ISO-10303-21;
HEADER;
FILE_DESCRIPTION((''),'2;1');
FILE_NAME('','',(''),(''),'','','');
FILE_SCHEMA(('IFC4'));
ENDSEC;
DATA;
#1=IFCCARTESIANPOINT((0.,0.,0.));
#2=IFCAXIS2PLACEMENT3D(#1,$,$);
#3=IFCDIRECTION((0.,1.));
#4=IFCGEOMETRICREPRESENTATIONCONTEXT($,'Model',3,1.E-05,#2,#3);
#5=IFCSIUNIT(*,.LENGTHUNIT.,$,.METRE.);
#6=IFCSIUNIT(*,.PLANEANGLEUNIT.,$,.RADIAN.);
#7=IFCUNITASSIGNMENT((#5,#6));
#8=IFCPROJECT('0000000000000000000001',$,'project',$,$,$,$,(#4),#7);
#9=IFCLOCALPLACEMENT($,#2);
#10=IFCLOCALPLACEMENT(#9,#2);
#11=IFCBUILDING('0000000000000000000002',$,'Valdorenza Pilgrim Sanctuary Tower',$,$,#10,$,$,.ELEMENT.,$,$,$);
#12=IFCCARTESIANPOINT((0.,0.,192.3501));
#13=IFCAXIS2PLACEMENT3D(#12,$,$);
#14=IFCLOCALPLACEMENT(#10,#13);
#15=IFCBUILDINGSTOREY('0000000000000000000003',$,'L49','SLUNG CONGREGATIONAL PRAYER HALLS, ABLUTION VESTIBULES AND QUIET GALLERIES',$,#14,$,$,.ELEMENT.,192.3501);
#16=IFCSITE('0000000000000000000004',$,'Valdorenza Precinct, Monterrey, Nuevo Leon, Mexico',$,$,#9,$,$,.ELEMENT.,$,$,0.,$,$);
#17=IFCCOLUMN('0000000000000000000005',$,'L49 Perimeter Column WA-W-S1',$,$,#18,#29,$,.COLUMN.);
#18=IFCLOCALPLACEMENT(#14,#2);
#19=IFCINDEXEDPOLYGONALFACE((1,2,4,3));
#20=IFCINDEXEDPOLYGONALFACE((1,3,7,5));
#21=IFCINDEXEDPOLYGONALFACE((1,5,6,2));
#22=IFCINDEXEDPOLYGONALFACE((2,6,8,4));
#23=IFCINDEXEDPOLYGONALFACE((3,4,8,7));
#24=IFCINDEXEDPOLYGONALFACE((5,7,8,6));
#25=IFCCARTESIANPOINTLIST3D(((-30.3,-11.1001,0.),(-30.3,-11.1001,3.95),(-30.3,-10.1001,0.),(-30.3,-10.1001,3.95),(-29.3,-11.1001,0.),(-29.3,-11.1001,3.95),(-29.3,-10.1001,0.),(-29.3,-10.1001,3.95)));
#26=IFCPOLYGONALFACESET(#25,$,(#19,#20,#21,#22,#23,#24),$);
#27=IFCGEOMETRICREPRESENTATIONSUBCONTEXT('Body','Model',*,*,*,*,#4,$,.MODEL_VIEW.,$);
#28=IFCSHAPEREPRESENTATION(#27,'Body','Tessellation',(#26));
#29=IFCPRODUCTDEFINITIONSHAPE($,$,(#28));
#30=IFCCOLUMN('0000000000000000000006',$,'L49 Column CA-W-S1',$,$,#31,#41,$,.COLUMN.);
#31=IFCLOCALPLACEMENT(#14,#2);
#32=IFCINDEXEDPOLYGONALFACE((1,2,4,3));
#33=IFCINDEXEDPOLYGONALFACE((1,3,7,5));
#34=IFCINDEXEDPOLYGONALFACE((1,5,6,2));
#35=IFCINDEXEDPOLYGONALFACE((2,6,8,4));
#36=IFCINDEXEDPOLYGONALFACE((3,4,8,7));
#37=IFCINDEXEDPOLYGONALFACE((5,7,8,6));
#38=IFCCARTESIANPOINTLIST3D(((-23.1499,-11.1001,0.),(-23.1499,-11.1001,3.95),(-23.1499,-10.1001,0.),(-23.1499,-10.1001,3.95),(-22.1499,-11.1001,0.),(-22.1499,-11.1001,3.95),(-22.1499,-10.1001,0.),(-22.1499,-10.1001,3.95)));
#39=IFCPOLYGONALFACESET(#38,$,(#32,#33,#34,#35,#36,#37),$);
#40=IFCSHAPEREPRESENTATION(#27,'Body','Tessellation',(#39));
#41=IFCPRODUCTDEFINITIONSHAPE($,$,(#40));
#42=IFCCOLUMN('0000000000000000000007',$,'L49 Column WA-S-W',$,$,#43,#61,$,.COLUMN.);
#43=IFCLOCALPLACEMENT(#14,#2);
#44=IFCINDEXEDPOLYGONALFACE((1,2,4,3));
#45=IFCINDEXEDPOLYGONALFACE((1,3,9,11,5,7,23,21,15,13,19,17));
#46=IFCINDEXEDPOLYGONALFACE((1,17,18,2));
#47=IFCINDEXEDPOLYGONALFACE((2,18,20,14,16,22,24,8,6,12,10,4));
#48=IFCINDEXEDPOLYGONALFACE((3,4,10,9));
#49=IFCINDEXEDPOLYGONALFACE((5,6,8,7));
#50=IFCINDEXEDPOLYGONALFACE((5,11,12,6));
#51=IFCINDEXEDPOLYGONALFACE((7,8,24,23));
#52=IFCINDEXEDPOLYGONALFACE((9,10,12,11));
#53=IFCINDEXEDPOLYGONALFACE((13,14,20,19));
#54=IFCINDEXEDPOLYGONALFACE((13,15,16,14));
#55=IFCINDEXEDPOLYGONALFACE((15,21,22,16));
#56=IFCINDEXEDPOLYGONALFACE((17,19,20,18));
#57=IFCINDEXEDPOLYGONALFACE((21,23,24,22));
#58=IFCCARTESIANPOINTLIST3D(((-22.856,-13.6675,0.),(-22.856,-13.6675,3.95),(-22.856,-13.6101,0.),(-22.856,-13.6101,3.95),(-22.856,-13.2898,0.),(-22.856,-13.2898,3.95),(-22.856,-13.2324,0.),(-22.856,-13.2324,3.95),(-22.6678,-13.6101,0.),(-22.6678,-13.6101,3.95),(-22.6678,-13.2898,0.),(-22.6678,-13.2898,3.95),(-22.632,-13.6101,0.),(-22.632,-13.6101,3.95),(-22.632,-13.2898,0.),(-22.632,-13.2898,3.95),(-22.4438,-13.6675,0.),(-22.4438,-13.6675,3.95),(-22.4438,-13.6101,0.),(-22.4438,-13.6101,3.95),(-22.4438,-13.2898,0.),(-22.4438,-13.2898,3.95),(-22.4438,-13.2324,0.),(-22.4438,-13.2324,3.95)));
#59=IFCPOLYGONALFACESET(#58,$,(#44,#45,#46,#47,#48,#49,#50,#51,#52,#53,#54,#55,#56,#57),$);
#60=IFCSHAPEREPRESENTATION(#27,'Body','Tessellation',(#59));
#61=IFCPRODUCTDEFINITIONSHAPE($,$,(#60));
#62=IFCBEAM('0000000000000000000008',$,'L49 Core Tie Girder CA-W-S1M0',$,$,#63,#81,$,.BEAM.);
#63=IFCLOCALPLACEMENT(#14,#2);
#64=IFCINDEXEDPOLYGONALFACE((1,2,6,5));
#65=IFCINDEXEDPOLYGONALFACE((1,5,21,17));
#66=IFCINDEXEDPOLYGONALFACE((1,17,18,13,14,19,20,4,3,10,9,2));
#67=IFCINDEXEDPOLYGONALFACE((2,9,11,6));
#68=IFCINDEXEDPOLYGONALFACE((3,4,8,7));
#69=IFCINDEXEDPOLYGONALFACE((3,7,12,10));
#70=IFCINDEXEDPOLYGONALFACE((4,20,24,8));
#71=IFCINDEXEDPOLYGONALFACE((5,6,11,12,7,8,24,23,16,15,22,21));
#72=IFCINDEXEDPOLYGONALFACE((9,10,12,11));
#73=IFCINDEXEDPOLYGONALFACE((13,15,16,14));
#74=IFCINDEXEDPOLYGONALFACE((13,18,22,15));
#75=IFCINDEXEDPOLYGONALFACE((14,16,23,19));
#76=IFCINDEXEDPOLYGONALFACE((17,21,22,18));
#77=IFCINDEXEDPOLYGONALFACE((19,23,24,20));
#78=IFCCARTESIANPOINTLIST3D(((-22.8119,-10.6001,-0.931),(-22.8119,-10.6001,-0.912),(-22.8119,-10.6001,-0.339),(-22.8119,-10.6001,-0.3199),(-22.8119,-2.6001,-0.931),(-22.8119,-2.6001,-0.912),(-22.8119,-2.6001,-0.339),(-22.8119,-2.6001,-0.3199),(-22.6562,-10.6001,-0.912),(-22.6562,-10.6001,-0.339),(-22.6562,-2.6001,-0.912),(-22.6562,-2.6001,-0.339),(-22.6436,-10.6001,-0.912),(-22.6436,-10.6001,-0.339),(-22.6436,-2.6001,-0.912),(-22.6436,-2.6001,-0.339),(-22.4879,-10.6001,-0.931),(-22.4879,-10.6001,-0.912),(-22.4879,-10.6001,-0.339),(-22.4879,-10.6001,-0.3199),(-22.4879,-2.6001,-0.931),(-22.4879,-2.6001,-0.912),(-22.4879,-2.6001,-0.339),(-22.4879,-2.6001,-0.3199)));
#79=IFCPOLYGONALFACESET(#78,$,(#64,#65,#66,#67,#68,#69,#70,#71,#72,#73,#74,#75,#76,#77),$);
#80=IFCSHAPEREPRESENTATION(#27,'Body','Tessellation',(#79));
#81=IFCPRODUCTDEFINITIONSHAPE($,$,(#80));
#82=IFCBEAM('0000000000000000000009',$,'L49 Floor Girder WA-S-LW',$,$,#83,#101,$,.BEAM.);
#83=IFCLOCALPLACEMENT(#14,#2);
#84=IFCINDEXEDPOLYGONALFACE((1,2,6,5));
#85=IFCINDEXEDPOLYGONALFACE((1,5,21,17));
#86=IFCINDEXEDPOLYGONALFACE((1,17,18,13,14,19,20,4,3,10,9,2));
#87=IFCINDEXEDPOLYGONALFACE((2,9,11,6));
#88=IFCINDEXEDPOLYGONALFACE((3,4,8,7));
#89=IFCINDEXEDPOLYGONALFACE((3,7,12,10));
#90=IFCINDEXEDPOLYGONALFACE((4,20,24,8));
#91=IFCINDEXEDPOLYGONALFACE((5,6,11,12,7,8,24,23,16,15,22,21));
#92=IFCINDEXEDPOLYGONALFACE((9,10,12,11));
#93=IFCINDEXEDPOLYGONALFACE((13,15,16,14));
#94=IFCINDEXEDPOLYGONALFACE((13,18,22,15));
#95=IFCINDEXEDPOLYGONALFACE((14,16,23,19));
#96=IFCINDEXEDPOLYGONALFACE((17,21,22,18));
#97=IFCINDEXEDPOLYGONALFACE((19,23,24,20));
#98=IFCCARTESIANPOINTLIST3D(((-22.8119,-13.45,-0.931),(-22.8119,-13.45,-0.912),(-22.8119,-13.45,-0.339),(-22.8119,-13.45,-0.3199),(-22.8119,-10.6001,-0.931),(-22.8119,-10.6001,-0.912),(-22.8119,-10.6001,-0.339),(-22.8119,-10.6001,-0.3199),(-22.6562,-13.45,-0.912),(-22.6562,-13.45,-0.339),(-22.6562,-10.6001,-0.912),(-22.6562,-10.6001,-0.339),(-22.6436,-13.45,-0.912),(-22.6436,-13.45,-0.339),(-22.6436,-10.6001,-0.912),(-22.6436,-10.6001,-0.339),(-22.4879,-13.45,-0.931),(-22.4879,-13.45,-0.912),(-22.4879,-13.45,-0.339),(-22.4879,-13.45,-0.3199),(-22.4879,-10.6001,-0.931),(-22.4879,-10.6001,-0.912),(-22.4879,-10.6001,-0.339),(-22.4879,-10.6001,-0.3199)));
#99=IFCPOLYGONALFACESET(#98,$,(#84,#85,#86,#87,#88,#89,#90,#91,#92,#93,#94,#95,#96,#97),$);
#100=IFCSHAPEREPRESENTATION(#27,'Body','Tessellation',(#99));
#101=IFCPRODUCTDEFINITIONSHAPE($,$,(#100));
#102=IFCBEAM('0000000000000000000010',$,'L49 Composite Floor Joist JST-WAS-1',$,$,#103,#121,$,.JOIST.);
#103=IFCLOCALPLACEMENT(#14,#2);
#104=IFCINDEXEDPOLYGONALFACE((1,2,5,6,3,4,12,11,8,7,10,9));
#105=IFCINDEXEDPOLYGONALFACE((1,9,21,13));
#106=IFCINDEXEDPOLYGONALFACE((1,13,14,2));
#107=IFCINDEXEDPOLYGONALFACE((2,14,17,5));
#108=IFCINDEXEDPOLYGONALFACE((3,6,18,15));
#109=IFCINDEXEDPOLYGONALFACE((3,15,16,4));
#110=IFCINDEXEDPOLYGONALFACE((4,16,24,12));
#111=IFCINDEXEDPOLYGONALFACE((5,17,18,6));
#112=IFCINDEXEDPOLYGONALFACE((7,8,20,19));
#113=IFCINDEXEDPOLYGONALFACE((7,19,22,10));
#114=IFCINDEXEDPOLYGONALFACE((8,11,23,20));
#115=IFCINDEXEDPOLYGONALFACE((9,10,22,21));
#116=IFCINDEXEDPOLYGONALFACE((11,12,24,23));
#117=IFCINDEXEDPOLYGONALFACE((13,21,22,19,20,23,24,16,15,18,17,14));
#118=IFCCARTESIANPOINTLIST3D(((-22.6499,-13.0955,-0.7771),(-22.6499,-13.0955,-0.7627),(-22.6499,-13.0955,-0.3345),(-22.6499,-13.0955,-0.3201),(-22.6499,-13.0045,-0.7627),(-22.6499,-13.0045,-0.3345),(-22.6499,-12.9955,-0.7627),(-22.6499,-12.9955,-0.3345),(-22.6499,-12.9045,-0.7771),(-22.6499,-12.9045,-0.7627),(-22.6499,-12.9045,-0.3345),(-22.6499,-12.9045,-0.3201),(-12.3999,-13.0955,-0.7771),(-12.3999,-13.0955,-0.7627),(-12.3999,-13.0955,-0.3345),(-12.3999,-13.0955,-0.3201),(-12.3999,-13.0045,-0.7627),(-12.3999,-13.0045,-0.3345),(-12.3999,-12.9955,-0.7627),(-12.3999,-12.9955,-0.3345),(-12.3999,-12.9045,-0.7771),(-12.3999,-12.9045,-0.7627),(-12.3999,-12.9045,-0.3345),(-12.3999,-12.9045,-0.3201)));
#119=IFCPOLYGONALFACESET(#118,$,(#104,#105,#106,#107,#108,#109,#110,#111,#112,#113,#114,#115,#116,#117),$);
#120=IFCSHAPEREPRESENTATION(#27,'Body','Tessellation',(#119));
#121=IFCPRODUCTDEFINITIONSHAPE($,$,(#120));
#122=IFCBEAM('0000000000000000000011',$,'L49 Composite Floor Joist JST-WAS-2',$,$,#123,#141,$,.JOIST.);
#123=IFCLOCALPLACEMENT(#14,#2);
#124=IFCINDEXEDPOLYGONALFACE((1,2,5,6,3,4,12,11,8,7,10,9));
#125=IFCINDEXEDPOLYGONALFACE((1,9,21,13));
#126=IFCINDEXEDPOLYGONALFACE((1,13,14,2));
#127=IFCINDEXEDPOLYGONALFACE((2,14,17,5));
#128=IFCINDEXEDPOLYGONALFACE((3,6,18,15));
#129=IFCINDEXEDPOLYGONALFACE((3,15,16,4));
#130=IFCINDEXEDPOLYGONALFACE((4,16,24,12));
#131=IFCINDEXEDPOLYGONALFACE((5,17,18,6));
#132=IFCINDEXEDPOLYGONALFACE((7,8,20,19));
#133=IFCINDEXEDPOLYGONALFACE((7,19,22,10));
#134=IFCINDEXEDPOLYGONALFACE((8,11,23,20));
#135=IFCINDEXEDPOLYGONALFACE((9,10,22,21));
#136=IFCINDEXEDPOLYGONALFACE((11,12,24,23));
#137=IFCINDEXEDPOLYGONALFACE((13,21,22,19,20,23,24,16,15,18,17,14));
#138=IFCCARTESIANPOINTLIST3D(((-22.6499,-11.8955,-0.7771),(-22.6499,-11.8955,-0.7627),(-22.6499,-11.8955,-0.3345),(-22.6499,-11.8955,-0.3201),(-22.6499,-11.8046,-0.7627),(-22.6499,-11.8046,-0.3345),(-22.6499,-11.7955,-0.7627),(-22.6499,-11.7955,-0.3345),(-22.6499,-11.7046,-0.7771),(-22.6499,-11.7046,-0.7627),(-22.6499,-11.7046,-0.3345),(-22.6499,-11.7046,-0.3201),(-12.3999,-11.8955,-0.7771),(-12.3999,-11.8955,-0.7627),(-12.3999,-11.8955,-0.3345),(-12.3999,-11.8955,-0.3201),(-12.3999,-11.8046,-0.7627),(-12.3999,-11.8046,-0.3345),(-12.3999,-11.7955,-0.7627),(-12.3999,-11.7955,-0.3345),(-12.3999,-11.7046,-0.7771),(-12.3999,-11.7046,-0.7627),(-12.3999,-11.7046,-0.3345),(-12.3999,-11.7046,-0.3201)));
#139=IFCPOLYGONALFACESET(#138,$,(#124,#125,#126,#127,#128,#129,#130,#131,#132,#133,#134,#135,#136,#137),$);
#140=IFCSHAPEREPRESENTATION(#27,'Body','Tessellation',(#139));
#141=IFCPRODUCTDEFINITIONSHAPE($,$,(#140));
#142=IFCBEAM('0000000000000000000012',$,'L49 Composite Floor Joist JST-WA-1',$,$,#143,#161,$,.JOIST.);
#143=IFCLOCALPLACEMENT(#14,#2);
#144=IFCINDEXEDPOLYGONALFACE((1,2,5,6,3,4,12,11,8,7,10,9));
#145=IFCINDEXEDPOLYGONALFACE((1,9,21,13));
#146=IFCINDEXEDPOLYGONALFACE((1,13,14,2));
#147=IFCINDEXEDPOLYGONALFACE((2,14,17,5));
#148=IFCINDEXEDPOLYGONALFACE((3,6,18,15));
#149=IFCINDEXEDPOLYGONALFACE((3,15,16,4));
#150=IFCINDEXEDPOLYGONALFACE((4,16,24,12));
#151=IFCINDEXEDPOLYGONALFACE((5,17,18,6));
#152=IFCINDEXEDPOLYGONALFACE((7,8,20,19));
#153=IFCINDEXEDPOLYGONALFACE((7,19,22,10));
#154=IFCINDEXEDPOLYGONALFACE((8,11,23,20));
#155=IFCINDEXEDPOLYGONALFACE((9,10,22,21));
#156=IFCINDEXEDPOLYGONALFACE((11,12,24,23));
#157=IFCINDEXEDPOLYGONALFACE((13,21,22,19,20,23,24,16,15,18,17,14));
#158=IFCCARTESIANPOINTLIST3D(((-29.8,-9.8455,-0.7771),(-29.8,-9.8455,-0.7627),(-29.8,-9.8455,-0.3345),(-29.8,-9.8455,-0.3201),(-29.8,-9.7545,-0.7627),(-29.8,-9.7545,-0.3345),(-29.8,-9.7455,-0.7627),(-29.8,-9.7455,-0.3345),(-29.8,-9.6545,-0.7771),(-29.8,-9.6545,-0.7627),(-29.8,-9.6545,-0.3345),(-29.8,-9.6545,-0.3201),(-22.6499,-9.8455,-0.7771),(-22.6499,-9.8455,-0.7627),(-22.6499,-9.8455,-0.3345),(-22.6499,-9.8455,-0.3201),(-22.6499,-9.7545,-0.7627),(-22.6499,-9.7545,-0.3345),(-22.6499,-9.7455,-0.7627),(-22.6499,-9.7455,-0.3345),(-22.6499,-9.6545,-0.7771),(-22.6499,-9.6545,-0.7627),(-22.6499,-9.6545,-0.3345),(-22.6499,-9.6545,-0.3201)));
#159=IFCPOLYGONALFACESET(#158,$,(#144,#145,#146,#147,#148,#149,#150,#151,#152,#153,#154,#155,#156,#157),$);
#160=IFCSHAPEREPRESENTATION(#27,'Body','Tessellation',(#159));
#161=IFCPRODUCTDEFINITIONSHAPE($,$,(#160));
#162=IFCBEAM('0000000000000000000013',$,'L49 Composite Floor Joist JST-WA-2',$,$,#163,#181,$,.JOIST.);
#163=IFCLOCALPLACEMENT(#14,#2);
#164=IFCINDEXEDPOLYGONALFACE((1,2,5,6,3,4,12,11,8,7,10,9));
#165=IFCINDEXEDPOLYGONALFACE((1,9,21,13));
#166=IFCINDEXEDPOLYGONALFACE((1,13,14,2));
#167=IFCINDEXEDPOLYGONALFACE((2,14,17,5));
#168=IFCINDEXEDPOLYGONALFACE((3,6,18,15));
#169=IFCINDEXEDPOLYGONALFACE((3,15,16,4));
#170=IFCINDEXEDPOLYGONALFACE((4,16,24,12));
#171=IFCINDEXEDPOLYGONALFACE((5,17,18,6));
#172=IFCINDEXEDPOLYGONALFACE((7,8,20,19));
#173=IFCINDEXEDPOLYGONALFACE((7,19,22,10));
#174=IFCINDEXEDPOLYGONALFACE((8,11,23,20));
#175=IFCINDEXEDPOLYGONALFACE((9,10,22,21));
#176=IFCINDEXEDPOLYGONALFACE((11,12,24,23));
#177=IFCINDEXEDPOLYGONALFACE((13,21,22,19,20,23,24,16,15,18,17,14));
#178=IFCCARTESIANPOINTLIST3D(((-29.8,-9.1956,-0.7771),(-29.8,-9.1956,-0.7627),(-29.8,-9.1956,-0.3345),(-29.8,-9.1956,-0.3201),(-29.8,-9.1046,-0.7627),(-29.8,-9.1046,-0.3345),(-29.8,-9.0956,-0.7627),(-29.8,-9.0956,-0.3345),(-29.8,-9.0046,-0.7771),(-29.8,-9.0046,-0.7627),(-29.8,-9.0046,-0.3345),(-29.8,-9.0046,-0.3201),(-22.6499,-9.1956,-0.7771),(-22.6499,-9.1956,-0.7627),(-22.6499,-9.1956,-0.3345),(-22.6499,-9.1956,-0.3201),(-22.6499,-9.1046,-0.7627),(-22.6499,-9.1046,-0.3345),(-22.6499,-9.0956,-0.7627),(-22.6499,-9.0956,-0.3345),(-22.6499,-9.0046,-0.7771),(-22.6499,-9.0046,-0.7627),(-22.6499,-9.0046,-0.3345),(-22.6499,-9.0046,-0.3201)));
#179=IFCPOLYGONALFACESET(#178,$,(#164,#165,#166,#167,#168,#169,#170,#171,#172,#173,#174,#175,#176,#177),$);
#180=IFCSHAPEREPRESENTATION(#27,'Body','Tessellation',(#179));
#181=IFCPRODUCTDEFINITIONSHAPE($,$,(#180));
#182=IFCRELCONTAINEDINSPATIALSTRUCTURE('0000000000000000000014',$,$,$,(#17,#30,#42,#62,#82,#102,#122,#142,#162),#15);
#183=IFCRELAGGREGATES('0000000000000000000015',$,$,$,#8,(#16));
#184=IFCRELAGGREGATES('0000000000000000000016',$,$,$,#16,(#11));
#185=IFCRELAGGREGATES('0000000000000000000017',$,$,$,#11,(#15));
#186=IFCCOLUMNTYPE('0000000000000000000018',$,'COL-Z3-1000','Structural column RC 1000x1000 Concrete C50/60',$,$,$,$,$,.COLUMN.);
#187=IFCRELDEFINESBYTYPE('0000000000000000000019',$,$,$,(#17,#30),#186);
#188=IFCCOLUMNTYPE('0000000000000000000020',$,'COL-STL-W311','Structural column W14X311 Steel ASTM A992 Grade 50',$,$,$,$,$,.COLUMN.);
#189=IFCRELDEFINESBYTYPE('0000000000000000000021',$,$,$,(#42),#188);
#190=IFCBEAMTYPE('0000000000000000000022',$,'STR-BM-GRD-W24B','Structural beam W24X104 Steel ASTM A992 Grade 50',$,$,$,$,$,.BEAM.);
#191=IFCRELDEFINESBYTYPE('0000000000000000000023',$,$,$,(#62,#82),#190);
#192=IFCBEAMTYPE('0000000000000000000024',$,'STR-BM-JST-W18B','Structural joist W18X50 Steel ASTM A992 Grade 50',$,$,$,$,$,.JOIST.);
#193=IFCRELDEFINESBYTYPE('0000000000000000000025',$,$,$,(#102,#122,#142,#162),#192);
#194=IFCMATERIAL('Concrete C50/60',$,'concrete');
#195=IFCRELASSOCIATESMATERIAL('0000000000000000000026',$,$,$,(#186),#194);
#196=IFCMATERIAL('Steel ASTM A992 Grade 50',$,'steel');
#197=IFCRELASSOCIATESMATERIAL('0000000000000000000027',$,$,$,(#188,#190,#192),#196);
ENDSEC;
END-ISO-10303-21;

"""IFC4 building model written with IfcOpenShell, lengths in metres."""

from ifc_helpers import new_model, si_unit, direction, frame, origin, origin_2d, place, context, subcontext, project, spatial, rectangle, i_section, extrude, source, transform, mapped, material, material_profile, profile_set, type_object, element, save


model = new_model("IFC4")

# Units and contexts
model_context = context("Model", 3, precision=1e-05, world=origin(), true_north=direction((0.0, 1.0)))
body_context = subcontext(model_context, "Body", "Model", "MODEL_VIEW")
ifc_project = project(units=[si_unit("LENGTHUNIT", "METRE"), si_unit("PLANEANGLEUNIT", "RADIAN")], contexts=[model_context])

# Site, building, storey
site_placement = place(None, origin())
site = spatial("IfcSite", under=ifc_project, at=site_placement, Name="Valdorenza Precinct, Monterrey, Nuevo Leon, Mexico", CompositionType="ELEMENT", RefElevation=0.0)
building_placement = place(site_placement, origin())
building = spatial("IfcBuilding", under=site, at=building_placement, Name="Valdorenza Pilgrim Sanctuary Tower", CompositionType="ELEMENT")
storey_placement = place(building_placement, frame((0.0, 0.0, 192.3501)))
storey = spatial("IfcBuildingStorey", under=building, at=storey_placement, Name="L49", Description="SLUNG CONGREGATIONAL PRAYER HALLS, ABLUTION VESTIBULES AND QUIET GALLERIES", CompositionType="ELEMENT", Elevation=192.3501)

# Columns
ifc_material_1 = material(Name="Concrete C50/60", Category="concrete")
ifc_material_profile_1 = material_profile(ifc_material_1, rectangle(XDim=1.0, YDim=1.0, at=origin_2d()), Name="RC 1000x1000")
ifc_profile_set_1 = profile_set([ifc_material_profile_1], Name="Concrete C50/60")
column_type_1 = type_object("IfcColumnType", Name="COL-Z3-1000", Description="Structural column RC 1000x1000 Concrete C50/60", PredefinedType="COLUMN", material=ifc_profile_set_1)
shared_shape_1 = source(origin(), body_context, "Body", "SweptSolid", [
    extrude(rectangle(XDim=1.0, YDim=1.0, at=origin_2d()), origin(), (0.0, 0.0, 1.0), 3.95),
])
for number, where, z_axis, x_axis, name in (
    (1, (-29.8, -10.6001, 0.0), (0.0, 0.0, 1.0), (1.0, 0.0, 0.0), "L49 Perimeter Column WA-W-S1"),
    (2, (-22.6499, -10.6001, 0.0), (0.0, 0.0, 1.0), (1.0, 0.0, 0.0), "L49 Column CA-W-S1"),
):
    element("IfcColumn", number, at=place(storey_placement, frame(where, z_axis=z_axis, x_axis=x_axis)), inside=storey, type_object=column_type_1, Name=name, PredefinedType="COLUMN", context=body_context, shape_type="MappedRepresentation", body=[
        mapped(shared_shape_1, transform((0.0, 0.0, 0.0), x_axis=(1.0, 0.0, 0.0), y_axis=(0.0, 1.0, 0.0), z_axis=(0.0, 0.0, 1.0), scale=1.0)),
    ])
ifc_material_2 = material(Name="Steel ASTM A992 Grade 50", Category="steel")
ifc_material_profile_2 = material_profile(ifc_material_2, i_section(OverallWidth=0.4121, OverallDepth=0.4351, WebThickness=0.0359, FlangeThickness=0.0574, at=origin_2d()), Name="W14X311")
ifc_profile_set_2 = profile_set([ifc_material_profile_2], Name="Steel ASTM A992 Grade 50")
column_type_2 = type_object("IfcColumnType", Name="COL-STL-W311", Description="Structural column W14X311 Steel ASTM A992 Grade 50", PredefinedType="COLUMN", material=ifc_profile_set_2)
shared_shape_2 = source(origin(), body_context, "Body", "SweptSolid", [
    extrude(i_section(OverallWidth=0.4121, OverallDepth=0.4351, WebThickness=0.0359, FlangeThickness=0.0574, at=origin_2d()), origin(), (0.0, 0.0, 1.0), 3.95),
])
column_placement = place(storey_placement, frame((-22.6499, -13.45, 0.0), z_axis=(0.0, 0.0, 1.0), x_axis=(1.0, 0.0, 0.0)))
element("IfcColumn", 3, at=column_placement, inside=storey, type_object=column_type_2, Name="L49 Column WA-S-W", PredefinedType="COLUMN", context=body_context, shape_type="MappedRepresentation", body=[
    mapped(shared_shape_2, transform((0.0, 0.0, 0.0), x_axis=(1.0, 0.0, 0.0), y_axis=(0.0, 1.0, 0.0), z_axis=(0.0, 0.0, 1.0), scale=1.0)),
])

# Beams
ifc_material_profile_3 = material_profile(ifc_material_2, i_section(OverallWidth=0.324, OverallDepth=0.6111, WebThickness=0.0127, FlangeThickness=0.019, at=origin_2d()), Name="W24X104")
ifc_profile_set_3 = profile_set([ifc_material_profile_3], Name="Steel ASTM A992 Grade 50")
beam_type_1 = type_object("IfcBeamType", Name="STR-BM-GRD-W24B", Description="Structural beam W24X104 Steel ASTM A992 Grade 50", PredefinedType="BEAM", material=ifc_profile_set_3)
shared_shape_3 = source(origin(), body_context, "Body", "SweptSolid", [
    extrude(i_section(OverallWidth=0.324, OverallDepth=0.6111, WebThickness=0.0127, FlangeThickness=0.019, at=origin_2d()), origin(), (0.0, 0.0, 1.0), 8.0),
])
beam_1_placement = place(storey_placement, frame((-22.6499, -10.6001, -0.6255), z_axis=(0.0, 1.0, 0.0), x_axis=(-1.0, 0.0, 0.0)))
element("IfcBeam", 4, at=beam_1_placement, inside=storey, type_object=beam_type_1, Name="L49 Core Tie Girder CA-W-S1M0", PredefinedType="BEAM", context=body_context, shape_type="MappedRepresentation", body=[
    mapped(shared_shape_3, transform((0.0, 0.0, 0.0), x_axis=(1.0, 0.0, 0.0), y_axis=(0.0, 1.0, 0.0), z_axis=(0.0, 0.0, 1.0), scale=1.0)),
])
shared_shape_4 = source(origin(), body_context, "Body", "SweptSolid", [
    extrude(i_section(OverallWidth=0.324, OverallDepth=0.6111, WebThickness=0.0127, FlangeThickness=0.019, at=origin_2d()), origin(), (0.0, 0.0, 1.0), 2.8499),
])
beam_2_placement = place(storey_placement, frame((-22.6499, -13.45, -0.6255), z_axis=(0.0, 1.0, 0.0), x_axis=(-1.0, 0.0, 0.0)))
element("IfcBeam", 5, at=beam_2_placement, inside=storey, type_object=beam_type_1, Name="L49 Floor Girder WA-S-LW", PredefinedType="BEAM", context=body_context, shape_type="MappedRepresentation", body=[
    mapped(shared_shape_4, transform((0.0, 0.0, 0.0), x_axis=(1.0, 0.0, 0.0), y_axis=(0.0, 1.0, 0.0), z_axis=(0.0, 0.0, 1.0), scale=1.0)),
])
ifc_material_profile_4 = material_profile(ifc_material_2, i_section(OverallWidth=0.1909, OverallDepth=0.457, WebThickness=0.009, FlangeThickness=0.0144, at=origin_2d()), Name="W18X50")
ifc_profile_set_4 = profile_set([ifc_material_profile_4], Name="Steel ASTM A992 Grade 50")
beam_type_2 = type_object("IfcBeamType", Name="STR-BM-JST-W18B", Description="Structural joist W18X50 Steel ASTM A992 Grade 50", PredefinedType="JOIST", material=ifc_profile_set_4)
shared_shape_5 = source(origin(), body_context, "Body", "SweptSolid", [
    extrude(i_section(OverallWidth=0.1909, OverallDepth=0.457, WebThickness=0.009, FlangeThickness=0.0144, at=origin_2d()), origin(), (0.0, 0.0, 1.0), 10.25),
])
for number, where, z_axis, x_axis, name in (
    (6, (-22.6499, -13.0, -0.5486), (1.0, 0.0, 0.0), (0.0, 1.0, 0.0), "L49 Composite Floor Joist JST-WAS-1"),
    (7, (-22.6499, -11.8, -0.5486), (1.0, 0.0, 0.0), (0.0, 1.0, 0.0), "L49 Composite Floor Joist JST-WAS-2"),
):
    element("IfcBeam", number, at=place(storey_placement, frame(where, z_axis=z_axis, x_axis=x_axis)), inside=storey, type_object=beam_type_2, Name=name, PredefinedType="JOIST", context=body_context, shape_type="MappedRepresentation", body=[
        mapped(shared_shape_5, transform((0.0, 0.0, 0.0), x_axis=(1.0, 0.0, 0.0), y_axis=(0.0, 1.0, 0.0), z_axis=(0.0, 0.0, 1.0), scale=1.0)),
    ])
shared_shape_6 = source(origin(), body_context, "Body", "SweptSolid", [
    extrude(i_section(OverallWidth=0.1909, OverallDepth=0.457, WebThickness=0.009, FlangeThickness=0.0144, at=origin_2d()), origin(), (0.0, 0.0, 1.0), 7.1501),
])
for number, where, z_axis, x_axis, name in (
    (8, (-29.8, -9.75, -0.5486), (1.0, 0.0, 0.0), (0.0, 1.0, 0.0), "L49 Composite Floor Joist JST-WA-1"),
    (9, (-29.8, -9.1001, -0.5486), (1.0, 0.0, 0.0), (0.0, 1.0, 0.0), "L49 Composite Floor Joist JST-WA-2"),
):
    element("IfcBeam", number, at=place(storey_placement, frame(where, z_axis=z_axis, x_axis=x_axis)), inside=storey, type_object=beam_type_2, Name=name, PredefinedType="JOIST", context=body_context, shape_type="MappedRepresentation", body=[
        mapped(shared_shape_6, transform((0.0, 0.0, 0.0), x_axis=(1.0, 0.0, 0.0), y_axis=(0.0, 1.0, 0.0), z_axis=(0.0, 0.0, 1.0), scale=1.0)),
    ])

save(model, "model.ifc")
